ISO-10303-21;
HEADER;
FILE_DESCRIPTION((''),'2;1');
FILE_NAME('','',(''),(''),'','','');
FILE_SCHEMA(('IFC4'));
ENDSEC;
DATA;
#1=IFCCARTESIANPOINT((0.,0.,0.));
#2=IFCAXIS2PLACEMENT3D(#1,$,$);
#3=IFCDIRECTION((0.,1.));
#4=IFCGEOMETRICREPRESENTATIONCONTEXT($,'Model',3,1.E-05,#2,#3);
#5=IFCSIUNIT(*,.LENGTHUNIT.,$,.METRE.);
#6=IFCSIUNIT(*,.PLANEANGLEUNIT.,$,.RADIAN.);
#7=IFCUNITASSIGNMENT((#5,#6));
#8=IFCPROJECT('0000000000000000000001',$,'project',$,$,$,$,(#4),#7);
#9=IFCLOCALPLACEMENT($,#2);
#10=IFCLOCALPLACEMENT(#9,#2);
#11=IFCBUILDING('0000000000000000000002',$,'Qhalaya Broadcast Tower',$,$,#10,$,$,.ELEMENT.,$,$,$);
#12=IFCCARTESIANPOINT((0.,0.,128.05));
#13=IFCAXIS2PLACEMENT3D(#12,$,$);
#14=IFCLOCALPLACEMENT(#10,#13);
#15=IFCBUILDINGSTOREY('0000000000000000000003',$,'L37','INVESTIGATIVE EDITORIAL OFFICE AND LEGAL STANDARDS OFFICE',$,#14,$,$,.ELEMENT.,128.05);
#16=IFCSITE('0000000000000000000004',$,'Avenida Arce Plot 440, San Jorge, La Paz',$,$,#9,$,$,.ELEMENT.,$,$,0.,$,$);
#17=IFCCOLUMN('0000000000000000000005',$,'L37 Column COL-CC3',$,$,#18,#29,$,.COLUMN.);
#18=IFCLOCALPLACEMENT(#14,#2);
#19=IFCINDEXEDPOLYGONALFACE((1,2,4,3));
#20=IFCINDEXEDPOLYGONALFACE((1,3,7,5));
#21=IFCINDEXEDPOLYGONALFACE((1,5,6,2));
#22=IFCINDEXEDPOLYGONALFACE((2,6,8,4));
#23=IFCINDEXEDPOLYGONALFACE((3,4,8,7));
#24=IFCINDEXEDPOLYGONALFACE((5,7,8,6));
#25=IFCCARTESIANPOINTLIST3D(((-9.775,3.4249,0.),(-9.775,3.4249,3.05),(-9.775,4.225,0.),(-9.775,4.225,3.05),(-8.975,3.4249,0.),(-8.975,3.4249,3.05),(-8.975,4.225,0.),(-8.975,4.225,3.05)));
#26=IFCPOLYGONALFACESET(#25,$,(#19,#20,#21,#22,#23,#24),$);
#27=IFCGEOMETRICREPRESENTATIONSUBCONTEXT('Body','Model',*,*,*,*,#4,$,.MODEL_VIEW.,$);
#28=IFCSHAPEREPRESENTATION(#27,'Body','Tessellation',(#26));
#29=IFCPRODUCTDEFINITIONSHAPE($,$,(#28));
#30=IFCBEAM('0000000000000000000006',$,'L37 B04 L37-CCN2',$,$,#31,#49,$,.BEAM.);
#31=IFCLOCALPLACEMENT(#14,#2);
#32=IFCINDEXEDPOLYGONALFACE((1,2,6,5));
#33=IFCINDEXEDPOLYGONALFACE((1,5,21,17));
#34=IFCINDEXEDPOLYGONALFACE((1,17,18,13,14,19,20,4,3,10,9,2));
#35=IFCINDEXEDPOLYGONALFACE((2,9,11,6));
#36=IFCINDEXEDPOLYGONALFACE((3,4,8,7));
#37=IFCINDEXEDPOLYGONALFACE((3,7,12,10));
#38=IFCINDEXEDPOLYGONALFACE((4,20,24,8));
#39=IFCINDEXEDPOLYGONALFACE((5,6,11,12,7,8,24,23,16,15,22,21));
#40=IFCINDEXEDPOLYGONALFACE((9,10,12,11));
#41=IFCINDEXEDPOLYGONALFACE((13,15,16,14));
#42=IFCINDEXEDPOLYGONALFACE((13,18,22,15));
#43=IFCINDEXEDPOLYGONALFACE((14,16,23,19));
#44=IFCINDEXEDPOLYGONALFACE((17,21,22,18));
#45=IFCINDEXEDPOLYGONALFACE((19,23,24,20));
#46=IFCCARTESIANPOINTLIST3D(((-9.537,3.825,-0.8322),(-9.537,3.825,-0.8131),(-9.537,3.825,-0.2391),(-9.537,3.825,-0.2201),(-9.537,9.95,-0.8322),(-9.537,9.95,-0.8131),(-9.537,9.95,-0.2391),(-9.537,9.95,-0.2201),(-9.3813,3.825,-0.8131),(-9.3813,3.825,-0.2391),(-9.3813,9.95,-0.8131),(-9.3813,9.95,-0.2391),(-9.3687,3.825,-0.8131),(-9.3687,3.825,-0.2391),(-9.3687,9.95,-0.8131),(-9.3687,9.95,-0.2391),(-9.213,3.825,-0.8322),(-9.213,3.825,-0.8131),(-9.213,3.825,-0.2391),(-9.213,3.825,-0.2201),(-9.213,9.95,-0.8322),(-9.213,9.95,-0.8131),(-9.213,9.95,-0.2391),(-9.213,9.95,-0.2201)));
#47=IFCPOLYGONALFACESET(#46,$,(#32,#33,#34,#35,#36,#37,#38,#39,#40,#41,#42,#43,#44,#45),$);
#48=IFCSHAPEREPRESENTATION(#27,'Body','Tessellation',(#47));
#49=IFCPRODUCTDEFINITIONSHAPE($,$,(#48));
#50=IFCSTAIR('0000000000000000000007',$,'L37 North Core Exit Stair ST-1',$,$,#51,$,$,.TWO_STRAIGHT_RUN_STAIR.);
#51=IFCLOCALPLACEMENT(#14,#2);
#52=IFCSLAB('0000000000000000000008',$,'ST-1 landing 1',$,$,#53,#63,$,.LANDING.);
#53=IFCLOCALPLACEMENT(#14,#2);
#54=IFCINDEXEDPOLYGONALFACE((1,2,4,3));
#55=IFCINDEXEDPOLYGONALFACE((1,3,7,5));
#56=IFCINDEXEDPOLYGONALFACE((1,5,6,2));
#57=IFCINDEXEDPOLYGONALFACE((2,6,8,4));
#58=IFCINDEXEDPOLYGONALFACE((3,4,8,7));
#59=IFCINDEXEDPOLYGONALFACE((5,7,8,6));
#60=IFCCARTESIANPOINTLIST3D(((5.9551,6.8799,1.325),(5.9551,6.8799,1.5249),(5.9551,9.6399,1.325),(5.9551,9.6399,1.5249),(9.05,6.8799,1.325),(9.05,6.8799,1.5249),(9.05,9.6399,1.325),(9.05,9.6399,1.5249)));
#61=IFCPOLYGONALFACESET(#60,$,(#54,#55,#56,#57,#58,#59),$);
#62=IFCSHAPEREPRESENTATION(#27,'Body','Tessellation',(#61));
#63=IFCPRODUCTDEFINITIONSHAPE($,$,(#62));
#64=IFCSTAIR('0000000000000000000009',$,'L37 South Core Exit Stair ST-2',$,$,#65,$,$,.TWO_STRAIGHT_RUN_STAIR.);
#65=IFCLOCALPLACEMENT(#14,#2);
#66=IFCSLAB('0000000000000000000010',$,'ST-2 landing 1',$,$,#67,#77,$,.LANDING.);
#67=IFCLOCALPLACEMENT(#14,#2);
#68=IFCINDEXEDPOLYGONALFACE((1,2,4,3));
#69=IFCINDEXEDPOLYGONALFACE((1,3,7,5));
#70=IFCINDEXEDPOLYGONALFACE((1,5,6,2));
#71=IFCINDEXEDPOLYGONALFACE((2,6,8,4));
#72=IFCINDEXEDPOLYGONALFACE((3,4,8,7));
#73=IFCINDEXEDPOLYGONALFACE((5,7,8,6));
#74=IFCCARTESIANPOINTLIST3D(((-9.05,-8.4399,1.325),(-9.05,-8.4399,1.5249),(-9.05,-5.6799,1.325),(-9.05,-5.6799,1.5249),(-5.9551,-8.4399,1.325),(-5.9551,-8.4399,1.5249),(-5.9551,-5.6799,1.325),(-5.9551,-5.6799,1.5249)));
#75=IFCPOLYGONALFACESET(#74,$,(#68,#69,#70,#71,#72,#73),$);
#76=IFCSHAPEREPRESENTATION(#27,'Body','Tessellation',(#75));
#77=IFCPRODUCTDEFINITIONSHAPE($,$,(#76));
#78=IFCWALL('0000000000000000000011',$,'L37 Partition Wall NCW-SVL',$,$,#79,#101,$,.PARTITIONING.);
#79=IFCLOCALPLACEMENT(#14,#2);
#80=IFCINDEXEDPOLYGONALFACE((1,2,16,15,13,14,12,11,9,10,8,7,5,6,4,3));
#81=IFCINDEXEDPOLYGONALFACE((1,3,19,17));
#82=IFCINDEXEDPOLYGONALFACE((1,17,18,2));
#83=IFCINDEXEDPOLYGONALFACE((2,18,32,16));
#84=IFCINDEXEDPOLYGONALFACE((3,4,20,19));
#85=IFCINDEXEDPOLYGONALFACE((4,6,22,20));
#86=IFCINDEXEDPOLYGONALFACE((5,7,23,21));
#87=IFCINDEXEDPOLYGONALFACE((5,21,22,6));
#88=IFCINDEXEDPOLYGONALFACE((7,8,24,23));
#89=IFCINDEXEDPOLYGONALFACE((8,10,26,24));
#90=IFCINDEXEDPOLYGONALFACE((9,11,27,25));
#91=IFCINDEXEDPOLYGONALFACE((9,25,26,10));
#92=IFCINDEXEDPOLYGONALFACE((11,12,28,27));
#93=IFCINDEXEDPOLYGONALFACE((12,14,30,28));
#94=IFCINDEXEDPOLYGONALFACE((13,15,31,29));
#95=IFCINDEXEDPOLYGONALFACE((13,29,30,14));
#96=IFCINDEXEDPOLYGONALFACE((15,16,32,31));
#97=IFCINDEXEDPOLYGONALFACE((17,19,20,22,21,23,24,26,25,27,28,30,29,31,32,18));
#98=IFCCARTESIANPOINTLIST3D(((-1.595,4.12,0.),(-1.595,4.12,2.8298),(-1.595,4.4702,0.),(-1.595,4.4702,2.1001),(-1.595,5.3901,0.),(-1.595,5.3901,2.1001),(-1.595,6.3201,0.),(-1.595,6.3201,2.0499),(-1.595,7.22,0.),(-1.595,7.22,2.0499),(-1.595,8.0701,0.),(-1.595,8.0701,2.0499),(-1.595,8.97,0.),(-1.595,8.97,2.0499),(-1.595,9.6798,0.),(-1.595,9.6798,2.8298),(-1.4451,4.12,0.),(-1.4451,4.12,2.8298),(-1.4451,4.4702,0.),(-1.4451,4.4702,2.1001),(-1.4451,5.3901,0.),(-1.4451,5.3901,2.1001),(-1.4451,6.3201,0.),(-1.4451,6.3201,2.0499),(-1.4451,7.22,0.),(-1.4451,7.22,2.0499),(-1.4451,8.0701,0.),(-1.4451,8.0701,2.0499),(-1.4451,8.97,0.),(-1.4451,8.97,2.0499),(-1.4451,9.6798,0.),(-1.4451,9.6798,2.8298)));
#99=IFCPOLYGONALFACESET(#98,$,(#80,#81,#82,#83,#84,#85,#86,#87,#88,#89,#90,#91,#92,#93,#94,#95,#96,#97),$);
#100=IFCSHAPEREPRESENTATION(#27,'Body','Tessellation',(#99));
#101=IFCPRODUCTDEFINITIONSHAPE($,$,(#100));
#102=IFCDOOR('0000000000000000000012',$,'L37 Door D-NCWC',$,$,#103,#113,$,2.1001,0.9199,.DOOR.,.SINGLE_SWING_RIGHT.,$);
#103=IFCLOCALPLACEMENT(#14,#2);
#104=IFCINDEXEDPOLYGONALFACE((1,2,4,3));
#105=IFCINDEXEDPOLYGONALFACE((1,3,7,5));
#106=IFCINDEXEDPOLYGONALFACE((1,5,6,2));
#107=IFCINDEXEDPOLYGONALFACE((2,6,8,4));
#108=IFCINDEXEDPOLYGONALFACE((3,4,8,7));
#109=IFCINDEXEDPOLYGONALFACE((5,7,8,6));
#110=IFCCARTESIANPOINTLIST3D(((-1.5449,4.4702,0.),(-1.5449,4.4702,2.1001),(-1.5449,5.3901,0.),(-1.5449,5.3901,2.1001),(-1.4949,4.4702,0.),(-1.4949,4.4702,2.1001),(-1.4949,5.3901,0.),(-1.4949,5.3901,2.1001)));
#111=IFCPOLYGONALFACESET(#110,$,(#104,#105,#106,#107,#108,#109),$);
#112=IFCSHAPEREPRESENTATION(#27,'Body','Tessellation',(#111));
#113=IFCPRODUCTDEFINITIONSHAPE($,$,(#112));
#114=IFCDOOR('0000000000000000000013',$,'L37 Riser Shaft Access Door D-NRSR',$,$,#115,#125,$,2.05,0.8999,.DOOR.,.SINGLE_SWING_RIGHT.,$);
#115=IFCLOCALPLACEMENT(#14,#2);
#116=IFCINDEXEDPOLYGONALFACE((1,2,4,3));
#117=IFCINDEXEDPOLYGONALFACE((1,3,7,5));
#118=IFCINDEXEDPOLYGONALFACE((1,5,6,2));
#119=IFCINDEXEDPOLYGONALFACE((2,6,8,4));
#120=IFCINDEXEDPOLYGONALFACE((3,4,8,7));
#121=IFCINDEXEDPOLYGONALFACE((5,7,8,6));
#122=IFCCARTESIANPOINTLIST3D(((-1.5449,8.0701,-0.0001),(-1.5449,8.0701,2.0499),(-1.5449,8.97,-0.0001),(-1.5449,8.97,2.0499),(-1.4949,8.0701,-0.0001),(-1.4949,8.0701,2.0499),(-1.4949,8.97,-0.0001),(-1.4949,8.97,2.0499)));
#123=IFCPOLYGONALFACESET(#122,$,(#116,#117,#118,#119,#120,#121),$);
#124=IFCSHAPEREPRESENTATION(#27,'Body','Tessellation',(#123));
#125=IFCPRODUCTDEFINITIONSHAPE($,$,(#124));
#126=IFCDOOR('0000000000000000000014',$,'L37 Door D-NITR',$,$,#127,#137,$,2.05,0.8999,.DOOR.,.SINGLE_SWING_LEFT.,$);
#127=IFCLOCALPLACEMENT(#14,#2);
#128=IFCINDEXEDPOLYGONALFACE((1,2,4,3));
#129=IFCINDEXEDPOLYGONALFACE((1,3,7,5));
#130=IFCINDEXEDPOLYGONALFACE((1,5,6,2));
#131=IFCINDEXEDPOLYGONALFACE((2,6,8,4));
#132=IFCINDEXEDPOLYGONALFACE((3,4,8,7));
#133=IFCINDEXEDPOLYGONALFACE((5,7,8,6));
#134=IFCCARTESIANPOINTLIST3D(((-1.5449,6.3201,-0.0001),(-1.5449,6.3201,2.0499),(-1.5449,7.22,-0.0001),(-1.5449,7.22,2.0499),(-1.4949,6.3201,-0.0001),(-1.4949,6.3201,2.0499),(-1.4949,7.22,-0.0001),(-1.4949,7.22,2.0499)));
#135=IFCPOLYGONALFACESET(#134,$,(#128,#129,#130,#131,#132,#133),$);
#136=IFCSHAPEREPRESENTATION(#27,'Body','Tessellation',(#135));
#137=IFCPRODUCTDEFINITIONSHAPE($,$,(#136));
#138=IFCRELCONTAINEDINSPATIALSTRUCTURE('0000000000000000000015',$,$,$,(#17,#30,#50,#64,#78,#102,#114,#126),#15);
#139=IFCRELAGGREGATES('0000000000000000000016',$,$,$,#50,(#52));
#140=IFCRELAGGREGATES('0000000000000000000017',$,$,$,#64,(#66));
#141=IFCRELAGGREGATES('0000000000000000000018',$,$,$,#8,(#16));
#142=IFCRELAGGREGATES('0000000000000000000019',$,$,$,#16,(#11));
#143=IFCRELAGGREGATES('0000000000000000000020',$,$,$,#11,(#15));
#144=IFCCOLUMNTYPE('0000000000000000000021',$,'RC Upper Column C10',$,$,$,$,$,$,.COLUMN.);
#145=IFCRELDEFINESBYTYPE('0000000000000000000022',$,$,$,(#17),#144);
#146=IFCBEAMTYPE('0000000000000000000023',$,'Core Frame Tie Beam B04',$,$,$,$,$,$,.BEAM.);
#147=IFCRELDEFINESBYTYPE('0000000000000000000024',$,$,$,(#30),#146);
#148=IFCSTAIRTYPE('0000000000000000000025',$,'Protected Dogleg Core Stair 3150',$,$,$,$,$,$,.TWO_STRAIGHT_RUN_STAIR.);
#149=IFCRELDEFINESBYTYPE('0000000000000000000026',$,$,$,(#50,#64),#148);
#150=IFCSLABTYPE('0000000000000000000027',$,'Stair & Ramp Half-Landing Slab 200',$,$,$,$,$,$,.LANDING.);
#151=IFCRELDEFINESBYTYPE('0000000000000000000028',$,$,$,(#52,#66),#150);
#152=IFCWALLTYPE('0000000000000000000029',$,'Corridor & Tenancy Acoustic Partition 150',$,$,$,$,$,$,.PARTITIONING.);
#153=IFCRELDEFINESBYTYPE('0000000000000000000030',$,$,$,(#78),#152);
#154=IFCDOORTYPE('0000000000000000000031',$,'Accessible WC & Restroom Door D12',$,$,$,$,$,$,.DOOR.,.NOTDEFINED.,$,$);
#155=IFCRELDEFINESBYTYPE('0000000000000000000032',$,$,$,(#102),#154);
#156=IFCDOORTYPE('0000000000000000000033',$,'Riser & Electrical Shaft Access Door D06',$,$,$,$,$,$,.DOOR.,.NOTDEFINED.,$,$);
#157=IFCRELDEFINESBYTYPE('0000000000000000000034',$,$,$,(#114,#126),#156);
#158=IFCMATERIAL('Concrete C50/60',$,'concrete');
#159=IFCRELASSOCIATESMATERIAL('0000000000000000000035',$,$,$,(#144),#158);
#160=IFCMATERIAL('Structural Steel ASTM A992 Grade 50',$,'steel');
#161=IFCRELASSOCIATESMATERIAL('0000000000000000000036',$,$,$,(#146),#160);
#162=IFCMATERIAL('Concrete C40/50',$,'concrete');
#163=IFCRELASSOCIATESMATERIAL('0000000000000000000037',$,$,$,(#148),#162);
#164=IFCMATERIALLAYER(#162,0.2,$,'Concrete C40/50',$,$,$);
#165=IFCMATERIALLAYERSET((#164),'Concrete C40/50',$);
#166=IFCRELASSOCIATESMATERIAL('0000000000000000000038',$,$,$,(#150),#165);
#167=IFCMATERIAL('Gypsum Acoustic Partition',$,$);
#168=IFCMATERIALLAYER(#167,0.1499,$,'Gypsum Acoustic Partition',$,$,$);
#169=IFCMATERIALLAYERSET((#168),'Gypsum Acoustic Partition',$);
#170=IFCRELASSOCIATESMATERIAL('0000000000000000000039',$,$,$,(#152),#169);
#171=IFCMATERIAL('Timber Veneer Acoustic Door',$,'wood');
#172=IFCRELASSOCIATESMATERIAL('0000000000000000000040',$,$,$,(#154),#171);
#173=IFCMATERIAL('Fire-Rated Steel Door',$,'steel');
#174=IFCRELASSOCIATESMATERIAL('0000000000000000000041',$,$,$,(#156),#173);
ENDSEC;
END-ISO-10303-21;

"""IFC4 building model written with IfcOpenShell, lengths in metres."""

from ifc_helpers import new_model, si_unit, direction, frame, frame_2d, origin, origin_2d, place, context, subcontext, project, spatial, polyline, rectangle, i_section, outline, extrude, material, layer, layer_set, material_profile, profile_set, type_object, element, fill, aggregate, save


model = new_model("IFC4")

# Units and contexts
model_context = context("Model", 3, precision=1e-05, world=origin(), true_north=direction((0.0, 1.0)))
body_context = subcontext(model_context, "Body", "Model", "MODEL_VIEW")
ifc_project = project(units=[si_unit("LENGTHUNIT", "METRE"), si_unit("PLANEANGLEUNIT", "RADIAN")], contexts=[model_context])

# Site, building, storey
site_placement = place(None, origin())
site = spatial("IfcSite", under=ifc_project, at=site_placement, Name="Avenida Arce Plot 440, San Jorge, La Paz", CompositionType="ELEMENT", RefElevation=0.0)
building_placement = place(site_placement, origin())
building = spatial("IfcBuilding", under=site, at=building_placement, Name="Qhalaya Broadcast Tower", CompositionType="ELEMENT")
storey_placement = place(building_placement, frame((0.0, 0.0, 128.05)))
storey = spatial("IfcBuildingStorey", under=building, at=storey_placement, Name="L37", Description="INVESTIGATIVE EDITORIAL OFFICE AND LEGAL STANDARDS OFFICE", CompositionType="ELEMENT", Elevation=128.05)

# Column
ifc_material_1 = material(Name="Concrete C50/60", Category="concrete")
ifc_material_profile_1 = material_profile(ifc_material_1, rectangle(XDim=0.8, YDim=0.8, at=origin_2d()), Name="RC-COL 800x800")
ifc_profile_set_1 = profile_set([ifc_material_profile_1], Name="Concrete C50/60")
column_type = type_object("IfcColumnType", Name="RC Upper Column C10", PredefinedType="COLUMN", material=ifc_profile_set_1)
column_placement = place(storey_placement, frame((-9.375, 3.825, 0.0), z_axis=(0.0, 0.0, 1.0), x_axis=(1.0, 0.0, 0.0)))
element("IfcColumn", 1, at=column_placement, inside=storey, type_object=column_type, Name="L37 Column COL-CC3", PredefinedType="COLUMN", context=body_context, shape_type="SweptSolid", body=[
    extrude(rectangle(XDim=0.8, YDim=0.8, at=origin_2d()), origin(), (0.0, 0.0, 1.0), 3.05),
])

# Beam
ifc_material_2 = material(Name="Structural Steel ASTM A992 Grade 50", Category="steel")
ifc_material_profile_2 = material_profile(ifc_material_2, i_section(OverallWidth=0.324, OverallDepth=0.6121, WebThickness=0.0127, FlangeThickness=0.019, at=origin_2d()), Name="W24X104")
ifc_profile_set_2 = profile_set([ifc_material_profile_2], Name="Structural Steel ASTM A992 Grade 50")
beam_type = type_object("IfcBeamType", Name="Core Frame Tie Beam B04", PredefinedType="BEAM", material=ifc_profile_set_2)
beam_placement = place(storey_placement, frame((-9.375, 3.825, -0.5261), z_axis=(0.0, 1.0, 0.0), x_axis=(-1.0, 0.0, 0.0)))
element("IfcBeam", 2, at=beam_placement, inside=storey, type_object=beam_type, Name="L37 B04 L37-CCN2", PredefinedType="BEAM", context=body_context, shape_type="SweptSolid", body=[
    extrude(i_section(OverallWidth=0.324, OverallDepth=0.6121, WebThickness=0.0127, FlangeThickness=0.019, at=origin_2d()), origin(), (0.0, 0.0, 1.0), 6.125),
])

# Stairs, slabs
ifc_material_3 = material(Name="Concrete C40/50", Category="concrete")
stair_type = type_object("IfcStairType", Name="Protected Dogleg Core Stair 3150", PredefinedType="TWO_STRAIGHT_RUN_STAIR", material=ifc_material_3)
stair_1_placement = place(storey_placement, origin())
stair_1 = element("IfcStair", 3, at=stair_1_placement, inside=storey, type_object=stair_type, Name="L37 North Core Exit Stair ST-1", PredefinedType="TWO_STRAIGHT_RUN_STAIR")
ifc_layer_1 = layer(ifc_material_3, 0.2, Name="Concrete C40/50")
ifc_layer_set_1 = layer_set([ifc_layer_1], Name="Concrete C40/50")
slab_type = type_object("IfcSlabType", Name="Stair & Ramp Half-Landing Slab 200", PredefinedType="LANDING", material=ifc_layer_set_1)
slab_1_placement = place(storey_placement, frame((0.0, 0.0, 1.325)))
slab_1 = element("IfcSlab", 4, at=slab_1_placement, type_object=slab_type, Name="ST-1 landing 1", PredefinedType="LANDING", context=body_context, shape_type="SweptSolid", body=[
    extrude(outline(polyline([(5.9551, 6.8799), (9.05, 6.8799), (9.05, 9.6399), (5.9551, 9.6399), (5.9551, 6.8799)])), origin(), (0.0, 0.0, 1.0), 0.2),
])
aggregate(stair_1, [slab_1])
stair_2_placement = place(storey_placement, origin())
stair_2 = element("IfcStair", 5, at=stair_2_placement, inside=storey, type_object=stair_type, Name="L37 South Core Exit Stair ST-2", PredefinedType="TWO_STRAIGHT_RUN_STAIR")
slab_2_placement = place(storey_placement, frame((0.0, 0.0, 1.325)))
slab_2 = element("IfcSlab", 6, at=slab_2_placement, type_object=slab_type, Name="ST-2 landing 1", PredefinedType="LANDING", context=body_context, shape_type="SweptSolid", body=[
    extrude(outline(polyline([(-5.9551, -5.6799), (-9.05, -5.6799), (-9.05, -8.4399), (-5.9551, -8.4399), (-5.9551, -5.6799)])), origin(), (0.0, 0.0, 1.0), 0.2),
])
aggregate(stair_2, [slab_2])

# Wall, openings, doors
ifc_material_4 = material(Name="Gypsum Acoustic Partition")
ifc_layer_2 = layer(ifc_material_4, 0.1499, Name="Gypsum Acoustic Partition")
ifc_layer_set_2 = layer_set([ifc_layer_2], Name="Gypsum Acoustic Partition")
wall_type_1 = type_object("IfcWallType", Name="Corridor & Tenancy Acoustic Partition 150", PredefinedType="PARTITIONING", material=ifc_layer_set_2)
wall_1_placement = place(storey_placement, frame((-1.52, 4.1201, 0.0), z_axis=(0.0, 0.0, 1.0), x_axis=(0.0, 1.0, 0.0)))
wall_1 = element("IfcWall", 7, at=wall_1_placement, inside=storey, type_object=wall_type_1, Name="L37 Partition Wall NCW-SVL", PredefinedType="PARTITIONING", context=body_context, shape_type="SweptSolid", body=[
    extrude(rectangle(XDim=5.5598, YDim=0.1499, at=frame_2d((2.7798, 0.0))), origin(), (0.0, 0.0, 1.0), 2.8298),
])
opening_1_placement = place(wall_1_placement, frame((3.95, 0.0, 0.0)))
opening_1 = element("IfcOpeningElement", 8, at=opening_1_placement, cuts=wall_1, PredefinedType="OPENING", context=body_context, shape_type="SweptSolid", body=[
    extrude(rectangle(XDim=0.8999, YDim=2.05, at=frame_2d((0.45, 1.0249))), frame((0.0, 0.0869, 0.0), z_axis=(0.0, -1.0, 0.0), x_axis=(1.0, 0.0, 0.0)), (0.0, 0.0, 1.0), 0.1738),
])
opening_2_placement = place(wall_1_placement, frame((2.2, 0.0, 0.0)))
opening_2 = element("IfcOpeningElement", 9, at=opening_2_placement, cuts=wall_1, PredefinedType="OPENING", context=body_context, shape_type="SweptSolid", body=[
    extrude(rectangle(XDim=0.8999, YDim=2.05, at=frame_2d((0.45, 1.0249))), frame((0.0, 0.0869, 0.0), z_axis=(0.0, -1.0, 0.0), x_axis=(1.0, 0.0, 0.0)), (0.0, 0.0, 1.0), 0.1738),
])
opening_3_placement = place(wall_1_placement, frame((0.3501, 0.0, 0.0)))
opening_3 = element("IfcOpeningElement", 10, at=opening_3_placement, cuts=wall_1, PredefinedType="OPENING", context=body_context, shape_type="SweptSolid", body=[
    extrude(rectangle(XDim=0.9199, YDim=2.1001, at=frame_2d((0.46, 1.05))), frame((0.0, 0.0869, 0.0), z_axis=(0.0, -1.0, 0.0), x_axis=(1.0, 0.0, 0.0)), (0.0, 0.0, 1.0), 0.1738),
])
ifc_material_5 = material(Name="Timber Veneer Acoustic Door", Category="wood")
door_type_1 = type_object("IfcDoorType", Name="Accessible WC & Restroom Door D12", OperationType="NOTDEFINED", PredefinedType="DOOR", material=ifc_material_5)
door_1_placement = place(opening_3_placement, origin())
door_1 = element("IfcDoor", 11, at=door_1_placement, inside=storey, type_object=door_type_1, Name="L37 Door D-NCWC", OperationType="SINGLE_SWING_RIGHT", OverallHeight=2.1001, OverallWidth=0.9199, PredefinedType="DOOR", context=body_context, shape_type="SweptSolid", body=[
    extrude(rectangle(XDim=0.9199, YDim=2.1001, at=frame_2d((0.46, 1.05))), frame((0.0, 0.0249, 0.0), z_axis=(0.0, -1.0, 0.0), x_axis=(1.0, 0.0, 0.0)), (0.0, 0.0, 1.0), 0.05),
])
fill(opening_3, door_1)
ifc_material_6 = material(Name="Fire-Rated Steel Door", Category="steel")
door_type_2 = type_object("IfcDoorType", Name="Riser & Electrical Shaft Access Door D06", OperationType="NOTDEFINED", PredefinedType="DOOR", material=ifc_material_6)
door_2_placement = place(opening_1_placement, origin())
door_2 = element("IfcDoor", 12, at=door_2_placement, inside=storey, type_object=door_type_2, Name="L37 Riser Shaft Access Door D-NRSR", OperationType="SINGLE_SWING_RIGHT", OverallHeight=2.05, OverallWidth=0.8999, PredefinedType="DOOR", context=body_context, shape_type="SweptSolid", body=[
    extrude(rectangle(XDim=0.8999, YDim=2.05, at=frame_2d((0.45, 1.0249))), frame((0.0, 0.0249, 0.0), z_axis=(0.0, -1.0, 0.0), x_axis=(1.0, 0.0, 0.0)), (0.0, 0.0, 1.0), 0.05),
])
fill(opening_1, door_2)
door_3_placement = place(opening_2_placement, origin())
door_3 = element("IfcDoor", 13, at=door_3_placement, inside=storey, type_object=door_type_2, Name="L37 Door D-NITR", OperationType="SINGLE_SWING_LEFT", OverallHeight=2.05, OverallWidth=0.8999, PredefinedType="DOOR", context=body_context, shape_type="SweptSolid", body=[
    extrude(rectangle(XDim=0.8999, YDim=2.05, at=frame_2d((0.45, 1.0249))), frame((0.0, 0.0249, 0.0), z_axis=(0.0, -1.0, 0.0), x_axis=(1.0, 0.0, 0.0)), (0.0, 0.0, 1.0), 0.05),
])
fill(opening_2, door_3)

save(model, "model.ifc")
